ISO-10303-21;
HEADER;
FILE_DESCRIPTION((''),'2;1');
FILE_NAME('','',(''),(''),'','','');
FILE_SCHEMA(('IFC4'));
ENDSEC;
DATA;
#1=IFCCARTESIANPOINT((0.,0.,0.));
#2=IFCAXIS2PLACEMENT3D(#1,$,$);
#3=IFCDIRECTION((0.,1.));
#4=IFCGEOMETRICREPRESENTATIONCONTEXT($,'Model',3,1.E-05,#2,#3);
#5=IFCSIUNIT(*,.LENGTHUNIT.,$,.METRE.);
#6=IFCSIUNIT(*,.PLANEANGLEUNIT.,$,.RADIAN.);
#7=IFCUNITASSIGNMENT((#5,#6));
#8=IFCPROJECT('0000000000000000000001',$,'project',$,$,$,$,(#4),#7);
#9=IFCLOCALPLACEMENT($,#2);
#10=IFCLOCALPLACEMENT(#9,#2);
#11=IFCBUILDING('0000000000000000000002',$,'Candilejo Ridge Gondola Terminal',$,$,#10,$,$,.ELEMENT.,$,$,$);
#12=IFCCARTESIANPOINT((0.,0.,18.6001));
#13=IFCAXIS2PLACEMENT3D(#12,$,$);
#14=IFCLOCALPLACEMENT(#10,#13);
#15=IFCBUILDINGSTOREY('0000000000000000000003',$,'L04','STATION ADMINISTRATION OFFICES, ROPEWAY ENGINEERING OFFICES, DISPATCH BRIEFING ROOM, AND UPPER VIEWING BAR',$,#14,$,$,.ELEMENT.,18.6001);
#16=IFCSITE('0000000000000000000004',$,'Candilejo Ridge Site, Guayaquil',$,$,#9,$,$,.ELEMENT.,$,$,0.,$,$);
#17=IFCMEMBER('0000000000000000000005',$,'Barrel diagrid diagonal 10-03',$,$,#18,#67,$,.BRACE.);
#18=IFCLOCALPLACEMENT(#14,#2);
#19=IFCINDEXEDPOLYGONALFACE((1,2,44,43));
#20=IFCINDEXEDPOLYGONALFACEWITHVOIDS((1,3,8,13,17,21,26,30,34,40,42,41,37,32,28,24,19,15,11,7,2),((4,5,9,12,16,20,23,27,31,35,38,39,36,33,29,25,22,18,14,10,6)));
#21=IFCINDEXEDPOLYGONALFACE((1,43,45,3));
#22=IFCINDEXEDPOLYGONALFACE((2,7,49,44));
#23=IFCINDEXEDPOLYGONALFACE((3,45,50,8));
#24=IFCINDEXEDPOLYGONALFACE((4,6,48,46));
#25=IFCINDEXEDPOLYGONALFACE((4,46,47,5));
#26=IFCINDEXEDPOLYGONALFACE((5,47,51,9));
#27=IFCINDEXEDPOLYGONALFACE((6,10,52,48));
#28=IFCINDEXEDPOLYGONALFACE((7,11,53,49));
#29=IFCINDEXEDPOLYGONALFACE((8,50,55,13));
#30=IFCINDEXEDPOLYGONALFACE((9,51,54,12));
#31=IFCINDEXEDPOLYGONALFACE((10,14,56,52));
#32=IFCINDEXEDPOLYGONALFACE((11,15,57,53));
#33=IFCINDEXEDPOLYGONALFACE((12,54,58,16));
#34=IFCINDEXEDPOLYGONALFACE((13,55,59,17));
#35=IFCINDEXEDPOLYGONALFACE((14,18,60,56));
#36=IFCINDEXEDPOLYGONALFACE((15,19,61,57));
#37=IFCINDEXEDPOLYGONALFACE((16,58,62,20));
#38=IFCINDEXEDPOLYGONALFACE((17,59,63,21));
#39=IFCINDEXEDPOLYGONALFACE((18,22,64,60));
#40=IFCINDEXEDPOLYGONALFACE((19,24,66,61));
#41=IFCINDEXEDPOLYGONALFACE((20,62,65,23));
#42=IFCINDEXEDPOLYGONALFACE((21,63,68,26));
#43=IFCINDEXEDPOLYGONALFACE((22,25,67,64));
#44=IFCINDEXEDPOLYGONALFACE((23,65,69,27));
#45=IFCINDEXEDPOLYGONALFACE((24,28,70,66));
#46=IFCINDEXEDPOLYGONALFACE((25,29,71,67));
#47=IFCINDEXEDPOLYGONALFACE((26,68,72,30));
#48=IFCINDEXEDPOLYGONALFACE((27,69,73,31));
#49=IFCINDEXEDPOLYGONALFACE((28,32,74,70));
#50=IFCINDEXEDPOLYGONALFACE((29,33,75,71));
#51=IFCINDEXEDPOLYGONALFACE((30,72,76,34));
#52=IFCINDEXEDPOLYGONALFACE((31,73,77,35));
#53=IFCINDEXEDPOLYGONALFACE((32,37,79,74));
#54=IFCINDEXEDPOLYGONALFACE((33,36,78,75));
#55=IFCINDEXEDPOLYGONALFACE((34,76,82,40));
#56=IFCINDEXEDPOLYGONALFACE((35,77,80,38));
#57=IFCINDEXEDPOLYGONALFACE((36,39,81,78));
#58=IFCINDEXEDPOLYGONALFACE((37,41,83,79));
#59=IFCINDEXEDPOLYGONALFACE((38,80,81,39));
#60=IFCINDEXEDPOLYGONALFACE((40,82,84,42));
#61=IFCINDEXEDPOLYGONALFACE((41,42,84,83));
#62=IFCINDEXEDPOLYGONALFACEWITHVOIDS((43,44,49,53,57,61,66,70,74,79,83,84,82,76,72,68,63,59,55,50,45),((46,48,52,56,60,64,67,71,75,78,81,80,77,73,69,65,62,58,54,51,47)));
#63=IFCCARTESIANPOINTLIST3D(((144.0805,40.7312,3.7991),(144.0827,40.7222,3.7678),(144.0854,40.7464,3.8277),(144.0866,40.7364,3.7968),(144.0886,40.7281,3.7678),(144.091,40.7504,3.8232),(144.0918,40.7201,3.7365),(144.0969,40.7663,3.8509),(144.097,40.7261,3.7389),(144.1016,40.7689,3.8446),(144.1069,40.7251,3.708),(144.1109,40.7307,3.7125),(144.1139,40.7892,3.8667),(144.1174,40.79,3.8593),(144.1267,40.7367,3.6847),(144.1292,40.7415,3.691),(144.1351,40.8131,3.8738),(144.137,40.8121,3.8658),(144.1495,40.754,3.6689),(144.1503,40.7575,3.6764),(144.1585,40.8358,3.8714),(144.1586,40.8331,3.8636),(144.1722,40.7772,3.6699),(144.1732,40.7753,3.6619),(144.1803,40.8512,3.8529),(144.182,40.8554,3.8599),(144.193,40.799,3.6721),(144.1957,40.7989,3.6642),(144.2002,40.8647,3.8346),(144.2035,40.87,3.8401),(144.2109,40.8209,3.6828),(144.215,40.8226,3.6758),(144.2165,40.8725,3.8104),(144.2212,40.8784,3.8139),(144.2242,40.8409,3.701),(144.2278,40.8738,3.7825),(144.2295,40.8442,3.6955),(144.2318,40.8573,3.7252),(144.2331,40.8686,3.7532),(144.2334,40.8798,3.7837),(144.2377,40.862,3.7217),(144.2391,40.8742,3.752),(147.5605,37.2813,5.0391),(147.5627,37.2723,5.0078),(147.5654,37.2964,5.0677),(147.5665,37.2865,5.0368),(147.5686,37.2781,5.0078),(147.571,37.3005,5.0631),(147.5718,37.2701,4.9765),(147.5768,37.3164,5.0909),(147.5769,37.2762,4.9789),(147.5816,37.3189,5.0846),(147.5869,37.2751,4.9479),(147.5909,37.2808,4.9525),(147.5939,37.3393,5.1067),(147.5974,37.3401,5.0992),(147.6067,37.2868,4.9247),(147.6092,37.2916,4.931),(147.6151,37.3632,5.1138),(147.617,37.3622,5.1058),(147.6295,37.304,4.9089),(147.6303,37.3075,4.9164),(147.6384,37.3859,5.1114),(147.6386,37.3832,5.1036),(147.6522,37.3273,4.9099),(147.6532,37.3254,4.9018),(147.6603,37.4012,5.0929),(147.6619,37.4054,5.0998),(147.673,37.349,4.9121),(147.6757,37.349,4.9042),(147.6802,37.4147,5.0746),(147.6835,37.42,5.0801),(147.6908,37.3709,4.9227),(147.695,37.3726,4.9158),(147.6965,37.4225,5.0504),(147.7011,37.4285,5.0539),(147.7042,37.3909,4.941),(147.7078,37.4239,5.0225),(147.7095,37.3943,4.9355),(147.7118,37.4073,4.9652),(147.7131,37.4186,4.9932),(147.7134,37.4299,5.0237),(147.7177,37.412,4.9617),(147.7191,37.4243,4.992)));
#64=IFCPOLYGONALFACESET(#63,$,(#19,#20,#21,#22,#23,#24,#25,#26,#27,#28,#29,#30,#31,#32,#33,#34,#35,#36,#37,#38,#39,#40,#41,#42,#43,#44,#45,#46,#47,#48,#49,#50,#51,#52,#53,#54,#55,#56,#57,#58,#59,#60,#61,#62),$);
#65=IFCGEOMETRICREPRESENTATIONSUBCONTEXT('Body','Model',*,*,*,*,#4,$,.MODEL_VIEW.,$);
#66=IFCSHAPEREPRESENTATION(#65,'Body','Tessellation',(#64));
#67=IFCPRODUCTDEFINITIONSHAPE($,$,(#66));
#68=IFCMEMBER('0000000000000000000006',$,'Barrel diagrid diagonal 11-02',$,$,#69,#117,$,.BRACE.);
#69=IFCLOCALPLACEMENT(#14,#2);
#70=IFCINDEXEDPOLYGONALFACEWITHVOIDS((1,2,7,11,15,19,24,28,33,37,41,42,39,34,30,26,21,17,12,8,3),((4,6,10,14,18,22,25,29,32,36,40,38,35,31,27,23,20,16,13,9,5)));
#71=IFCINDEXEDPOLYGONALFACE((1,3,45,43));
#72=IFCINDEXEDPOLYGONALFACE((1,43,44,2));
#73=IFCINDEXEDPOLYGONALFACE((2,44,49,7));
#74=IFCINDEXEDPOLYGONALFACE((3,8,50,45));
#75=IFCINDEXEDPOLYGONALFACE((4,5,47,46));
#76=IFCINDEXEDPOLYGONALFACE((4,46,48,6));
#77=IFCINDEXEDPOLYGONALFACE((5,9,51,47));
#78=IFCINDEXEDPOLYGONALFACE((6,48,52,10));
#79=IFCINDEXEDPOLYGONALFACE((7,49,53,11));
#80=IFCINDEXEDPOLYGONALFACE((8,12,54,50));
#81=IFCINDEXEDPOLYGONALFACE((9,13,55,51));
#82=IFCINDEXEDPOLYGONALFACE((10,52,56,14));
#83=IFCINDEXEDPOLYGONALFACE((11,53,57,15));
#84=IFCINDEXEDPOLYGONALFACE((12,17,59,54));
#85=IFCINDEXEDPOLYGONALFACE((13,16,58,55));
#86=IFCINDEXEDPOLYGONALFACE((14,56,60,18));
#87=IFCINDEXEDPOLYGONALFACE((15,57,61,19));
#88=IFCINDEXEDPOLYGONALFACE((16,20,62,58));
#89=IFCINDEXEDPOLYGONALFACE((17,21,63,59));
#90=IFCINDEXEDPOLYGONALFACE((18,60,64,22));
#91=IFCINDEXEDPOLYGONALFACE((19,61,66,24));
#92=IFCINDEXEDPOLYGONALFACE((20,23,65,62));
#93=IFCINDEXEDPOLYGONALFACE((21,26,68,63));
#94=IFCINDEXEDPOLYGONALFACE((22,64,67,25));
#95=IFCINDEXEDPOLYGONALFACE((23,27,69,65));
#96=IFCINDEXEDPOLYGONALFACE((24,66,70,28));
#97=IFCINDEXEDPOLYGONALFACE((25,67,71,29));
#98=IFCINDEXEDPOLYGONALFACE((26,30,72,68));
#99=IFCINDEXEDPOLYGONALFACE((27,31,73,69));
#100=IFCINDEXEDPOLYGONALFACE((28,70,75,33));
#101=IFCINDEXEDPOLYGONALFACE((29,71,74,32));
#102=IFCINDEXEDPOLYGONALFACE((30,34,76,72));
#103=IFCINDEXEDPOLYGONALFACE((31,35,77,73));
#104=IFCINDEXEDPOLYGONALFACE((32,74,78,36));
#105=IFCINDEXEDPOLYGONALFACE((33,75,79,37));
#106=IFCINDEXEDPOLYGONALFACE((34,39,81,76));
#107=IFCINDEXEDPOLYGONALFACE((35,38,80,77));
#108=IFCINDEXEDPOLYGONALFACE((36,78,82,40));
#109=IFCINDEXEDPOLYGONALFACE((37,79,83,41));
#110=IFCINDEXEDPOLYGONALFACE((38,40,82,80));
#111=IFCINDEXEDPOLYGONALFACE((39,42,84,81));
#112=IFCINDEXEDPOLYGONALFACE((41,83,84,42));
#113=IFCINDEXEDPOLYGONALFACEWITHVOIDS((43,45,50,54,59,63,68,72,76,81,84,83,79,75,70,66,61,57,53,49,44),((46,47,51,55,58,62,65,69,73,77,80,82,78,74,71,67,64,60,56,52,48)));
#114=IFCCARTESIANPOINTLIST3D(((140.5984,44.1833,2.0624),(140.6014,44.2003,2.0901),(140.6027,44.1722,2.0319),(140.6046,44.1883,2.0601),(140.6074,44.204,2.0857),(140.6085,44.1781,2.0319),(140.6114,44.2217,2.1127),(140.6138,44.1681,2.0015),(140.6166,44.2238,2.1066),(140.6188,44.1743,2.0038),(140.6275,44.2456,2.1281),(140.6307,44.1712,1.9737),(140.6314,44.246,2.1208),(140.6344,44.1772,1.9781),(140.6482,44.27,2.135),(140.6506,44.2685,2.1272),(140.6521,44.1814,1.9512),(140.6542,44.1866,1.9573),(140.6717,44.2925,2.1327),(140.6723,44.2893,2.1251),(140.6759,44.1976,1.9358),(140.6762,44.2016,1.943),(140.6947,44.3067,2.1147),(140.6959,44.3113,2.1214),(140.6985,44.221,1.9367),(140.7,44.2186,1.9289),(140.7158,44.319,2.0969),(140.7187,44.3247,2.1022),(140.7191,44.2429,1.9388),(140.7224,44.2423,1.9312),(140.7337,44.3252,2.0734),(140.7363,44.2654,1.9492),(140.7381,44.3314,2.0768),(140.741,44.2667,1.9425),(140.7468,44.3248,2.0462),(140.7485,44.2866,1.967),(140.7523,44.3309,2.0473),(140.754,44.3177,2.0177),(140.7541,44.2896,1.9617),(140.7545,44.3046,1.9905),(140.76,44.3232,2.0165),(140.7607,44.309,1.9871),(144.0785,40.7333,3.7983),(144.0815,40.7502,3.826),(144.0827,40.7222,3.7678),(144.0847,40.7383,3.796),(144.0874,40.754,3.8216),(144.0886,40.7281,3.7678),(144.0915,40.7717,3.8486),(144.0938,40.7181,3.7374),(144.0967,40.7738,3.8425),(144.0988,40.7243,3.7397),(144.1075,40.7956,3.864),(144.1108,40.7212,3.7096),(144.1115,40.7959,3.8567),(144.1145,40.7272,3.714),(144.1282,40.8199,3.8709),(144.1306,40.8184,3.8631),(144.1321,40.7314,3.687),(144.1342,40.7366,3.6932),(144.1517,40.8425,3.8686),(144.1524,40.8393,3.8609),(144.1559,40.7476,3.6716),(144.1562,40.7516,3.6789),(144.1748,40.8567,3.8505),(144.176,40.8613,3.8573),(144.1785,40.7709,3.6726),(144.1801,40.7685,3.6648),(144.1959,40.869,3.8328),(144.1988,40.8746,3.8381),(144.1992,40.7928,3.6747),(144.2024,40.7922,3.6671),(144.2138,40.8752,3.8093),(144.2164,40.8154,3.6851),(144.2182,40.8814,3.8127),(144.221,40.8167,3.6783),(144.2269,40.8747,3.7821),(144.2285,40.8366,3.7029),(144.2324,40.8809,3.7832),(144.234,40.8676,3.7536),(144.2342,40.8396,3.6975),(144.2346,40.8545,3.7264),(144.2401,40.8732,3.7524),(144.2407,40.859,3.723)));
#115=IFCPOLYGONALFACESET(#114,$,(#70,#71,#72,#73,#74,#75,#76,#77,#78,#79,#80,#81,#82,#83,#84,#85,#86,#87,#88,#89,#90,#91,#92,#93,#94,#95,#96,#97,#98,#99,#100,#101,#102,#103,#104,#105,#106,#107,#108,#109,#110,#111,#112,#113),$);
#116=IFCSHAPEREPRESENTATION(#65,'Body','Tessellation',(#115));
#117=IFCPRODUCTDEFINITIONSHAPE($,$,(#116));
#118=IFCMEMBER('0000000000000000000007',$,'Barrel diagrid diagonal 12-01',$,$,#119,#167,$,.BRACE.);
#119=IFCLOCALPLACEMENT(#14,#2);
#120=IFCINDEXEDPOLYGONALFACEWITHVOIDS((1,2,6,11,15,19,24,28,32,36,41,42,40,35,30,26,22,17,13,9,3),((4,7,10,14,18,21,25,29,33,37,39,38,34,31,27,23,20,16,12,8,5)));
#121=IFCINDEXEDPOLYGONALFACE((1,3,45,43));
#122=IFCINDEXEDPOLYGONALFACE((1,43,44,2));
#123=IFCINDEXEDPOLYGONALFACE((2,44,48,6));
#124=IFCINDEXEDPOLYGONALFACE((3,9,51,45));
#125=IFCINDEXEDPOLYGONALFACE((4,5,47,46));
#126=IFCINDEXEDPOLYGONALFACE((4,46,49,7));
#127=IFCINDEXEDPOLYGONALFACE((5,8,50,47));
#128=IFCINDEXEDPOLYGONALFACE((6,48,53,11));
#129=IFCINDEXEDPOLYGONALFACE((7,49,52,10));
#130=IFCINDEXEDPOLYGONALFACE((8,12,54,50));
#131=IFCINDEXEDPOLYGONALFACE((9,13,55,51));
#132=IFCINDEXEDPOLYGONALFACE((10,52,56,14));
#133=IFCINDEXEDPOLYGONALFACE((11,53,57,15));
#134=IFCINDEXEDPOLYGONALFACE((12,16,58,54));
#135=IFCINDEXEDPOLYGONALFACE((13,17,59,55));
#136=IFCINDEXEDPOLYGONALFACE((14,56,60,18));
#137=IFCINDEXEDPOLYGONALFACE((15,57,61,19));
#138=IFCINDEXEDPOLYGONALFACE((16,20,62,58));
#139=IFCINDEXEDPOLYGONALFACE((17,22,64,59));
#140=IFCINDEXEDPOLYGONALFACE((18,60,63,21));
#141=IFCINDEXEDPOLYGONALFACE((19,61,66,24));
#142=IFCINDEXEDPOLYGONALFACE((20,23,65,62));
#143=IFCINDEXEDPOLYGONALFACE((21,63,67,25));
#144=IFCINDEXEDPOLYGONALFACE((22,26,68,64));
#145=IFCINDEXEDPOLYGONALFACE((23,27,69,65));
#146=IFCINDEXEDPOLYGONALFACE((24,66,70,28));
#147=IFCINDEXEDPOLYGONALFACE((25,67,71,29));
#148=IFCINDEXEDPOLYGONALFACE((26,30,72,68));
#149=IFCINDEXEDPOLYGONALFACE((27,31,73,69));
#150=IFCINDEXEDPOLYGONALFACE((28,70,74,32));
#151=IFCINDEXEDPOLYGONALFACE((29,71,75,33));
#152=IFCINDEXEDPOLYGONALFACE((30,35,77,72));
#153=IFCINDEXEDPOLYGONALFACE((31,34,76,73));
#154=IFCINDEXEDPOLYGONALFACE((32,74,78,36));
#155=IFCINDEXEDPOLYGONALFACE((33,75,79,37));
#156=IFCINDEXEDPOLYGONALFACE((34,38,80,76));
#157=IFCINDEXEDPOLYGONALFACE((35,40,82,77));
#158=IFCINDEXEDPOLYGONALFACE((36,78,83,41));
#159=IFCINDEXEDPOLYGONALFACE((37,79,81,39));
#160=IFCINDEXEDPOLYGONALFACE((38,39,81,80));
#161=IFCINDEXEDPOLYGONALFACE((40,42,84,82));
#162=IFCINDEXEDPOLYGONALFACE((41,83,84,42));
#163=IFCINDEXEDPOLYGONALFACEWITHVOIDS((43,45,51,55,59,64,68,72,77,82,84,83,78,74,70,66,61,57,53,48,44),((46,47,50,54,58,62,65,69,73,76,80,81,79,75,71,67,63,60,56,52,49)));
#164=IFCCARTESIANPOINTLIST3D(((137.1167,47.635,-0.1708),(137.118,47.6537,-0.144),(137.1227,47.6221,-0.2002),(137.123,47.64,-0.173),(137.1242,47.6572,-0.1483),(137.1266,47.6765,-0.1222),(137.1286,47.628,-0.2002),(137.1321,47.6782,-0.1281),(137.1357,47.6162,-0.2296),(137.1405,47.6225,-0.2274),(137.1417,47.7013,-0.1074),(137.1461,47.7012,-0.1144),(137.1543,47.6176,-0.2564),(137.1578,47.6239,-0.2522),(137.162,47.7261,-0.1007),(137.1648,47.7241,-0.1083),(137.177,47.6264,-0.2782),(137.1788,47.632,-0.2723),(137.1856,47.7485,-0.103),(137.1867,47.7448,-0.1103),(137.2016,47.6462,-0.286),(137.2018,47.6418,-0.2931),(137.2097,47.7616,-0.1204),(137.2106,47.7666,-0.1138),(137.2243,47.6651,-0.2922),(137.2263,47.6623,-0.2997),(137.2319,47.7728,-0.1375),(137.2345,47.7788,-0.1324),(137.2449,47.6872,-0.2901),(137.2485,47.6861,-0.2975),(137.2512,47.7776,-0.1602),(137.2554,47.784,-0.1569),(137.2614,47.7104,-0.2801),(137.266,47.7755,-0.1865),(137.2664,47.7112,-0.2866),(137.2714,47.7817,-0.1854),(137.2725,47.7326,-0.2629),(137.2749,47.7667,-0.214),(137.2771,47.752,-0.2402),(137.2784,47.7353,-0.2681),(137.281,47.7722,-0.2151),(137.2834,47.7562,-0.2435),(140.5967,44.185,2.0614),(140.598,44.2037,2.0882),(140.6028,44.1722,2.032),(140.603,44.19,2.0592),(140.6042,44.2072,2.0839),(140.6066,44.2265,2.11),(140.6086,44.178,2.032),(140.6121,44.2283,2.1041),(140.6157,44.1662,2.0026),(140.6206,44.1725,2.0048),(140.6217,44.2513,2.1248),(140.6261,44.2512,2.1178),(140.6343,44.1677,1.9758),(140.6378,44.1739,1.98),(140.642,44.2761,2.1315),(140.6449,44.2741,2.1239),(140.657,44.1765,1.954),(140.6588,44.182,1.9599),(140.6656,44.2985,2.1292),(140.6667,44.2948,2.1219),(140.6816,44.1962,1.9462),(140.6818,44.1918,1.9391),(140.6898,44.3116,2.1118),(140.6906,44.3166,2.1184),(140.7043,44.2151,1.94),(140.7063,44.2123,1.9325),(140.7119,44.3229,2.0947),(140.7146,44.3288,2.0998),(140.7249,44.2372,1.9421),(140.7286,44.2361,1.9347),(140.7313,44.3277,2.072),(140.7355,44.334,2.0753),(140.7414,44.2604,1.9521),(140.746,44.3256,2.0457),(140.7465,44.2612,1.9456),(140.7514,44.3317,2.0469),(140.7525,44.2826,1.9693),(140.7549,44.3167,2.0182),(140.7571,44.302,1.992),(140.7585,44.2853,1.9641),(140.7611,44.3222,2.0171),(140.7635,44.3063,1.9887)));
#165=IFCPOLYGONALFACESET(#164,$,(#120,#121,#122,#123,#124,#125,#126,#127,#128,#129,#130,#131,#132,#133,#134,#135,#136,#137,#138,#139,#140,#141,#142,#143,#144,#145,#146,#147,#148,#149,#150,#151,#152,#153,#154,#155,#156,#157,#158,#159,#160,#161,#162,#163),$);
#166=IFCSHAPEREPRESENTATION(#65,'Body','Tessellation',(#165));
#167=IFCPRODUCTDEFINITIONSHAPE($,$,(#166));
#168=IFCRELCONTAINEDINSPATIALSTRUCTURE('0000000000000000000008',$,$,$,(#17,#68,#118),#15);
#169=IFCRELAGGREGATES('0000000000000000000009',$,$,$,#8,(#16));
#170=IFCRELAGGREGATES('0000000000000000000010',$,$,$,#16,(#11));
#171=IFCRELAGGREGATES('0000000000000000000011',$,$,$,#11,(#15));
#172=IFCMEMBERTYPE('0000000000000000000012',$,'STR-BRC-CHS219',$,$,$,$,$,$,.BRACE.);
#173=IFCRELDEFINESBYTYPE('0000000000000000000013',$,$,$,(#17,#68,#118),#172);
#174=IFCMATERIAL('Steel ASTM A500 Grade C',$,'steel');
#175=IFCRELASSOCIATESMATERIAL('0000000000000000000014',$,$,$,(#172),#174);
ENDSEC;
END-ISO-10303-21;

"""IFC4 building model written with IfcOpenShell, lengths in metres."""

from ifc_helpers import new_model, si_unit, direction, frame, origin, origin_2d, place, context, subcontext, project, spatial, hollow_circle, extrude, material, material_profile, profile_set, type_object, element, save


model = new_model("IFC4")

# Units and contexts
model_context = context("Model", 3, precision=1e-05, world=origin(), true_north=direction((0.0, 1.0)))
body_context = subcontext(model_context, "Body", "Model", "MODEL_VIEW")
ifc_project = project(units=[si_unit("LENGTHUNIT", "METRE"), si_unit("PLANEANGLEUNIT", "RADIAN")], contexts=[model_context])

# Site, building, storey
site_placement = place(None, origin())
site = spatial("IfcSite", under=ifc_project, at=site_placement, Name="Candilejo Ridge Site, Guayaquil", CompositionType="ELEMENT", RefElevation=0.0)
building_placement = place(site_placement, origin())
building = spatial("IfcBuilding", under=site, at=building_placement, Name="Candilejo Ridge Gondola Terminal", CompositionType="ELEMENT")
storey_placement = place(building_placement, frame((0.0, 0.0, 18.6001)))
storey = spatial("IfcBuildingStorey", under=building, at=storey_placement, Name="L04", Description="STATION ADMINISTRATION OFFICES, ROPEWAY ENGINEERING OFFICES, DISPATCH BRIEFING ROOM, AND UPPER VIEWING BAR", CompositionType="ELEMENT", Elevation=18.6001)

# Members
ifc_material_1 = material(Name="Steel ASTM A500 Grade C", Category="steel")
ifc_material_profile_1 = material_profile(ifc_material_1, hollow_circle(Radius=0.1096, WallThickness=0.0083, at=origin_2d()))
ifc_profile_set_1 = profile_set([ifc_material_profile_1], Name="Steel ASTM A500 Grade C")
member_type_1 = type_object("IfcMemberType", Name="STR-BRC-CHS219", PredefinedType="BRACE", material=ifc_profile_set_1)
member_1_placement = place(storey_placement, frame((147.6399, 37.3501, 5.0078), z_axis=(-0.688464, 0.682523, -0.245314), x_axis=(-0.704036, -0.710164, 0.0)))
element("IfcMember", 1, at=member_1_placement, inside=storey, type_object=member_type_1, Name="Barrel diagrid diagonal 10-03", PredefinedType="BRACE", context=body_context, shape_type="SweptSolid", body=[
    extrude(hollow_circle(Radius=0.1096, WallThickness=0.0083, at=origin_2d()), origin(), (0.0, 0.0, 1.0), 5.0547),
])
member_2_placement = place(storey_placement, frame((144.1599, 40.8, 3.7678), z_axis=(-0.669406, 0.663629, -0.333904), x_axis=(-0.704036, -0.710164, 0.0)))
element("IfcMember", 2, at=member_2_placement, inside=storey, type_object=member_type_1, Name="Barrel diagrid diagonal 11-02", PredefinedType="BRACE", context=body_context, shape_type="SweptSolid", body=[
    extrude(hollow_circle(Radius=0.1096, WallThickness=0.0083, at=origin_2d()), origin(), (0.0, 0.0, 1.0), 5.1987),
])
member_3_placement = place(storey_placement, frame((140.6799, 44.25, 2.032), z_axis=(-0.646271, 0.640695, -0.41454), x_axis=(-0.704036, -0.710164, 0.0)))
element("IfcMember", 3, at=member_3_placement, inside=storey, type_object=member_type_1, Name="Barrel diagrid diagonal 12-01", PredefinedType="BRACE", context=body_context, shape_type="SweptSolid", body=[
    extrude(hollow_circle(Radius=0.1096, WallThickness=0.0083, at=origin_2d()), origin(), (0.0, 0.0, 1.0), 5.3848),
])

save(model, "model.ifc")
